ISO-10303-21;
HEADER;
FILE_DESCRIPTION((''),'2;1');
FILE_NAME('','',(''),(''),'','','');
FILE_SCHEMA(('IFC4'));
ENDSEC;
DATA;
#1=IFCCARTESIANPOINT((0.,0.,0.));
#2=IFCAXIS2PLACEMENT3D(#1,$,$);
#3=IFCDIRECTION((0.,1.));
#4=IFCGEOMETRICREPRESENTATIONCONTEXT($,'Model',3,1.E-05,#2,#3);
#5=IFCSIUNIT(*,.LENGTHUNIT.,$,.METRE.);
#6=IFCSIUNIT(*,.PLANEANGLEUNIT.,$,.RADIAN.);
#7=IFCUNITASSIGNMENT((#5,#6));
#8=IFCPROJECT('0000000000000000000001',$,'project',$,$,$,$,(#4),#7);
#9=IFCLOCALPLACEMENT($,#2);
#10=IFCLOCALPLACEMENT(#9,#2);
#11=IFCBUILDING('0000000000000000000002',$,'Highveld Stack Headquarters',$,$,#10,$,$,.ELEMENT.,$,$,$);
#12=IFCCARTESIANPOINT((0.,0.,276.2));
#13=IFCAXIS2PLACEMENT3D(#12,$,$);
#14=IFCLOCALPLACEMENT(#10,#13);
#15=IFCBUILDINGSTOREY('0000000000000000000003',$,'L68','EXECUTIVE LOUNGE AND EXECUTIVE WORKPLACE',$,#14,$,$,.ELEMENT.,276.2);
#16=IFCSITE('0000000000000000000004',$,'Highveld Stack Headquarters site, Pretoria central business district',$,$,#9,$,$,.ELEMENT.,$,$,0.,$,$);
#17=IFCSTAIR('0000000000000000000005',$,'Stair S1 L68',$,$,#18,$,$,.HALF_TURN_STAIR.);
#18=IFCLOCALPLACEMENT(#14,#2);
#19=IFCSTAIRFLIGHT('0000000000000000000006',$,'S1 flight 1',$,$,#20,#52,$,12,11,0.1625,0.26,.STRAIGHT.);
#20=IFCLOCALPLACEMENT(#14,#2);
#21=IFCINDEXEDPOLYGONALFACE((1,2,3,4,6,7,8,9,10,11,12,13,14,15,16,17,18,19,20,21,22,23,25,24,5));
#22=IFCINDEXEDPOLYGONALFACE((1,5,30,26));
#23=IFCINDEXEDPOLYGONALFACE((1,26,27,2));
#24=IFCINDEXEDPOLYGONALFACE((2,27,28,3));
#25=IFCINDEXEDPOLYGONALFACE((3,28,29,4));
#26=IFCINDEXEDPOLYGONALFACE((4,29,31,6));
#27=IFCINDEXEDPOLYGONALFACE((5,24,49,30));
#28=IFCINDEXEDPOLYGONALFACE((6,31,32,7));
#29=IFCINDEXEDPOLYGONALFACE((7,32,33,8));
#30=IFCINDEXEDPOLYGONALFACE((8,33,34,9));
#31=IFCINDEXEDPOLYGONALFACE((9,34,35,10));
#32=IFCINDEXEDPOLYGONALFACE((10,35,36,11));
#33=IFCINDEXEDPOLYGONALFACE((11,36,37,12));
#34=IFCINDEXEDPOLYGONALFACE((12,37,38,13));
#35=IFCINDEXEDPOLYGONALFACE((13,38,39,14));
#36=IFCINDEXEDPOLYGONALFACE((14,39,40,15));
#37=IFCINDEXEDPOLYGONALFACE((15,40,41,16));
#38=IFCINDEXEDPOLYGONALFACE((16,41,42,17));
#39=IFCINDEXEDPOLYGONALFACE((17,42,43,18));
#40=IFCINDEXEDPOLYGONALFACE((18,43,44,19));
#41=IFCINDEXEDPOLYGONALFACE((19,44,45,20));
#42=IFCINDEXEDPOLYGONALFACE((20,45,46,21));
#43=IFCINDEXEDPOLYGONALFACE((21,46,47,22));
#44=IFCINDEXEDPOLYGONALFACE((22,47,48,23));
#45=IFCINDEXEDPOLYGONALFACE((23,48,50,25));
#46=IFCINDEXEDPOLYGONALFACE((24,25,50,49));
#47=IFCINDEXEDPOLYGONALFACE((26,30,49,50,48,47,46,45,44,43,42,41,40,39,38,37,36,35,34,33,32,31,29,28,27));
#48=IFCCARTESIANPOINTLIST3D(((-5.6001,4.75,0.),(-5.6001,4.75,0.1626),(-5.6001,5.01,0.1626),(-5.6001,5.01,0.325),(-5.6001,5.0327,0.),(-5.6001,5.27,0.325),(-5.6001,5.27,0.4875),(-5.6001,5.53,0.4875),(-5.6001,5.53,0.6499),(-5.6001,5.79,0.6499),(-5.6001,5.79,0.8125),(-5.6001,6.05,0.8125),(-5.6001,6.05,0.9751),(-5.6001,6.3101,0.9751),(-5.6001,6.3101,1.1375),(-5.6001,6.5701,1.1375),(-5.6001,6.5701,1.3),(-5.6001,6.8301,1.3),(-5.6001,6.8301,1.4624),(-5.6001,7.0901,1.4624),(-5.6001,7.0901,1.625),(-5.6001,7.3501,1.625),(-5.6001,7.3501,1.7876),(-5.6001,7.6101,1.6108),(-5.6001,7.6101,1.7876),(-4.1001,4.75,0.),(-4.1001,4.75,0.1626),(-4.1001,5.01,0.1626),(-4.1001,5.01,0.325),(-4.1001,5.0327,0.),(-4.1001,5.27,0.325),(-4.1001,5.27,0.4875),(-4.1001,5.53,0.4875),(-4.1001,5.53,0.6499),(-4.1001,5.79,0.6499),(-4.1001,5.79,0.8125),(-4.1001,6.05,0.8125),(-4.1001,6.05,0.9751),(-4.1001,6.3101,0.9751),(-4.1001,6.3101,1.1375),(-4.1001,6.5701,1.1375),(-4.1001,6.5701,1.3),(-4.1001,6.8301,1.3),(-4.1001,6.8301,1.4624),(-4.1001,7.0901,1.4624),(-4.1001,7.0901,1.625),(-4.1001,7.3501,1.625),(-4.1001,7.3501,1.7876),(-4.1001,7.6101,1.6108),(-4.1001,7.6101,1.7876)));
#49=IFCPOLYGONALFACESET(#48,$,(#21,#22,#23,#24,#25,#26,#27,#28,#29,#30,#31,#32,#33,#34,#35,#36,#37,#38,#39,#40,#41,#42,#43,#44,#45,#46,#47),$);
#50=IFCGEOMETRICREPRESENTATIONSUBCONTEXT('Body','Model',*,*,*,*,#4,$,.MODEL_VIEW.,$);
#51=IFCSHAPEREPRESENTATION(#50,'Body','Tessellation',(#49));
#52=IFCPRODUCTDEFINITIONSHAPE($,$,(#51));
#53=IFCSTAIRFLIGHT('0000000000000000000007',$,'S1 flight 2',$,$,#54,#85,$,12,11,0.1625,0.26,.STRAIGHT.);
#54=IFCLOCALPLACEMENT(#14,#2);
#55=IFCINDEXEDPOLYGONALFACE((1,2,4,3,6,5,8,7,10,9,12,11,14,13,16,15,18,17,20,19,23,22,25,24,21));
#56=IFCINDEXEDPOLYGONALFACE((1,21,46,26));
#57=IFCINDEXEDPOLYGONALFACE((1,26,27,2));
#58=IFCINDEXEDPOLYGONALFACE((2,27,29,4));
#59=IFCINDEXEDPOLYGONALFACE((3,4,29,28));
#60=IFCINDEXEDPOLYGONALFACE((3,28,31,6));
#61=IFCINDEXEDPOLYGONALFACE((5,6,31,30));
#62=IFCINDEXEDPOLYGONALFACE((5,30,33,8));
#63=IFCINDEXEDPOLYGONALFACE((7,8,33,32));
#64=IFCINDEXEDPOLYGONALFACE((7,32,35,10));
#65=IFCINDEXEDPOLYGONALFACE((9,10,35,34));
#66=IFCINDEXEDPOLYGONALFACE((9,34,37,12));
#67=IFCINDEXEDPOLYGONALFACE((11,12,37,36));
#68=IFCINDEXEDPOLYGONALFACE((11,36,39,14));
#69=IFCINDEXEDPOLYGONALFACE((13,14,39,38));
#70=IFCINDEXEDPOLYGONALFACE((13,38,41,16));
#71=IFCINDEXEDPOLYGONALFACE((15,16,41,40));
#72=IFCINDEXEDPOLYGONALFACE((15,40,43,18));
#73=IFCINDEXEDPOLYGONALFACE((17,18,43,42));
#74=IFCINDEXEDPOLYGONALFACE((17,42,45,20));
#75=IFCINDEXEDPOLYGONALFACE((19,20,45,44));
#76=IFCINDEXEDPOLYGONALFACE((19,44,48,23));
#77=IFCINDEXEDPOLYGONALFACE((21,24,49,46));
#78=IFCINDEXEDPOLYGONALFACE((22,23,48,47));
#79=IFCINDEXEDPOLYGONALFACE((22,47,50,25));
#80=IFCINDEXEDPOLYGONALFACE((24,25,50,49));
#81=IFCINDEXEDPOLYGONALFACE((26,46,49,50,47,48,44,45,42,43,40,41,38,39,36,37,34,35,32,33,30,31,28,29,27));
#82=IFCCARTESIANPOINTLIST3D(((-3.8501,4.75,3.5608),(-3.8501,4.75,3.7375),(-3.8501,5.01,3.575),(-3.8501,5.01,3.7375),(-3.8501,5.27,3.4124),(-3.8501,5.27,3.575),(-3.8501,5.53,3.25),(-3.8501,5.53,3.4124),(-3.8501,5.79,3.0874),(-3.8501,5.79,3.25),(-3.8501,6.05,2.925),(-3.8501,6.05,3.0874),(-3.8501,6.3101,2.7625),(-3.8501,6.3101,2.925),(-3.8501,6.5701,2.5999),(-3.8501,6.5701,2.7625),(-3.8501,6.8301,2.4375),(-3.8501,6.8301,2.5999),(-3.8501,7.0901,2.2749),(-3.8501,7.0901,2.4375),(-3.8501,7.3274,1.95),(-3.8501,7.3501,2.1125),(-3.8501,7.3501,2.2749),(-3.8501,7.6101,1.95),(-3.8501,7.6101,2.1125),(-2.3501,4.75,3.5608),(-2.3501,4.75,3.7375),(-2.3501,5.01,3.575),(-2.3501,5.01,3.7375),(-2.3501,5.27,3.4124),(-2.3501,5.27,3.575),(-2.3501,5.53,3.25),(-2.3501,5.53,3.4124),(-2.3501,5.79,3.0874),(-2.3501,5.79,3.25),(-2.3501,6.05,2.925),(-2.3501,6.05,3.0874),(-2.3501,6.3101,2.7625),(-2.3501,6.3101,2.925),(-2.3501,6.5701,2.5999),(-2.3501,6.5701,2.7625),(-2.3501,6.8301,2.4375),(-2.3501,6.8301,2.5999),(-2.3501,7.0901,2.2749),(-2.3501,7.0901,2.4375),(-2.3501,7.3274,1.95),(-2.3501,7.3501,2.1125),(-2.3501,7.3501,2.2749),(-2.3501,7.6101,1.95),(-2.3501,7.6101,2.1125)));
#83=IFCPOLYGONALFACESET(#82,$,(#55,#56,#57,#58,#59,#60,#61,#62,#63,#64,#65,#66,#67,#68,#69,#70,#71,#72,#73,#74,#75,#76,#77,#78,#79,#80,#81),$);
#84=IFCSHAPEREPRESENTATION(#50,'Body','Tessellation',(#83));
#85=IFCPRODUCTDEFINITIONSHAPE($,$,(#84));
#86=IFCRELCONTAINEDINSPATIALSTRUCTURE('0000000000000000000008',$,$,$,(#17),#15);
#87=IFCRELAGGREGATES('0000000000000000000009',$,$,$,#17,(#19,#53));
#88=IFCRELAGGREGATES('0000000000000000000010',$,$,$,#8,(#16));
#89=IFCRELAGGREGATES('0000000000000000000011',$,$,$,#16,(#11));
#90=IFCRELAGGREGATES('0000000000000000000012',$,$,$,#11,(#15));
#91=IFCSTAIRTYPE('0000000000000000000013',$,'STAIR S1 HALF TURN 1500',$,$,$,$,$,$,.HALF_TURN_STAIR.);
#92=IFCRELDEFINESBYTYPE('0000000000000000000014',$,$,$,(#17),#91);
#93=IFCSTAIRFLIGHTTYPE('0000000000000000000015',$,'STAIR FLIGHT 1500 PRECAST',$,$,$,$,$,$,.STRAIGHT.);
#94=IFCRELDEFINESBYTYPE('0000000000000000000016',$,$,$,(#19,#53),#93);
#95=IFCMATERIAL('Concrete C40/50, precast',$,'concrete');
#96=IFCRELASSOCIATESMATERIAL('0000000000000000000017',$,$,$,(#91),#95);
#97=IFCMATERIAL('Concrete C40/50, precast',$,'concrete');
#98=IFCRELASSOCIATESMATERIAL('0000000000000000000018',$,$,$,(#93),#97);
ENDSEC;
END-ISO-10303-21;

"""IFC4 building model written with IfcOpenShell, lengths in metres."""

from ifc_helpers import new_model, si_unit, direction, frame, origin, place, context, subcontext, project, spatial, polyline, outline, extrude, material, type_object, element, aggregate, save


model = new_model("IFC4")

# Units and contexts
model_context = context("Model", 3, precision=1e-05, world=origin(), true_north=direction((0.0, 1.0)))
body_context = subcontext(model_context, "Body", "Model", "MODEL_VIEW")
ifc_project = project(units=[si_unit("LENGTHUNIT", "METRE"), si_unit("PLANEANGLEUNIT", "RADIAN")], contexts=[model_context])

# Site, building, storey
site_placement = place(None, origin())
site = spatial("IfcSite", under=ifc_project, at=site_placement, Name="Highveld Stack Headquarters site, Pretoria central business district", CompositionType="ELEMENT", RefElevation=0.0)
building_placement = place(site_placement, origin())
building = spatial("IfcBuilding", under=site, at=building_placement, Name="Highveld Stack Headquarters", CompositionType="ELEMENT")
storey_placement = place(building_placement, frame((0.0, 0.0, 276.2)))
storey = spatial("IfcBuildingStorey", under=building, at=storey_placement, Name="L68", Description="EXECUTIVE LOUNGE AND EXECUTIVE WORKPLACE", CompositionType="ELEMENT", Elevation=276.2)

# Stair, stair flights
ifc_material_1 = material(Name="Concrete C40/50, precast", Category="concrete")
stair_type = type_object("IfcStairType", Name="STAIR S1 HALF TURN 1500", PredefinedType="HALF_TURN_STAIR", material=ifc_material_1)
stair_placement = place(storey_placement, origin())
stair = element("IfcStair", 1, at=stair_placement, inside=storey, type_object=stair_type, Name="Stair S1 L68", PredefinedType="HALF_TURN_STAIR")
ifc_material_2 = material(Name="Concrete C40/50, precast", Category="concrete")
stair_flight_type = type_object("IfcStairFlightType", Name="STAIR FLIGHT 1500 PRECAST", PredefinedType="STRAIGHT", material=ifc_material_2)
stair_flight_1_placement = place(storey_placement, frame((-4.8501, 4.75, 0.0), z_axis=(0.0, 0.0, 1.0), x_axis=(0.0, 1.0, 0.0)))
stair_flight_1 = element("IfcStairFlight", 2, at=stair_flight_1_placement, type_object=stair_flight_type, Name="S1 flight 1", NumberOfRisers=12, NumberOfTreads=11, PredefinedType="STRAIGHT", RiserHeight=0.1625, TreadLength=0.26, context=body_context, shape_type="SweptSolid", body=[
    extrude(outline(polyline([(0.0, 0.0), (0.0, 0.1626), (0.26, 0.1626), (0.26, 0.325), (0.52, 0.325), (0.52, 0.4875), (0.78, 0.4875), (0.78, 0.6499), (1.04, 0.6499), (1.04, 0.8125), (1.3, 0.8125), (1.3, 0.9751), (1.5601, 0.9751), (1.5601, 1.1375), (1.8201, 1.1375), (1.8201, 1.3), (2.0801, 1.3), (2.0801, 1.4624), (2.3401, 1.4624), (2.3401, 1.625), (2.6001, 1.625), (2.6001, 1.7876), (2.8601, 1.7876), (2.8601, 1.95), (2.8601, 1.6108), (0.2827, 0.0), (0.0, 0.0)])), frame((0.0, 0.75, 0.0), z_axis=(0.0, -1.0, 0.0), x_axis=(1.0, 0.0, 0.0)), (0.0, 0.0, 1.0), 1.5),
])
stair_flight_2_placement = place(storey_placement, frame((-3.1001, 7.6101, 1.95), z_axis=(0.0, 0.0, 1.0), x_axis=(0.0, -1.0, 0.0)))
stair_flight_2 = element("IfcStairFlight", 3, at=stair_flight_2_placement, type_object=stair_flight_type, Name="S1 flight 2", NumberOfRisers=12, NumberOfTreads=11, PredefinedType="STRAIGHT", RiserHeight=0.1625, TreadLength=0.26, context=body_context, shape_type="SweptSolid", body=[
    extrude(outline(polyline([(0.0, 0.0), (0.0, 0.1626), (0.26, 0.1626), (0.26, 0.325), (0.52, 0.325), (0.52, 0.4875), (0.78, 0.4875), (0.78, 0.6499), (1.04, 0.6499), (1.04, 0.8125), (1.3, 0.8125), (1.3, 0.9751), (1.5601, 0.9751), (1.5601, 1.1375), (1.8201, 1.1375), (1.8201, 1.3), (2.0801, 1.3), (2.0801, 1.4624), (2.3401, 1.4624), (2.3401, 1.625), (2.6001, 1.625), (2.6001, 1.7876), (2.8601, 1.7876), (2.8601, 1.95), (2.8601, 1.6108), (0.2827, 0.0), (0.0, 0.0)])), frame((0.0, 0.75, 0.0), z_axis=(0.0, -1.0, 0.0), x_axis=(1.0, 0.0, 0.0)), (0.0, 0.0, 1.0), 1.5),
])
aggregate(stair, [stair_flight_1, stair_flight_2])

save(model, "model.ifc")
